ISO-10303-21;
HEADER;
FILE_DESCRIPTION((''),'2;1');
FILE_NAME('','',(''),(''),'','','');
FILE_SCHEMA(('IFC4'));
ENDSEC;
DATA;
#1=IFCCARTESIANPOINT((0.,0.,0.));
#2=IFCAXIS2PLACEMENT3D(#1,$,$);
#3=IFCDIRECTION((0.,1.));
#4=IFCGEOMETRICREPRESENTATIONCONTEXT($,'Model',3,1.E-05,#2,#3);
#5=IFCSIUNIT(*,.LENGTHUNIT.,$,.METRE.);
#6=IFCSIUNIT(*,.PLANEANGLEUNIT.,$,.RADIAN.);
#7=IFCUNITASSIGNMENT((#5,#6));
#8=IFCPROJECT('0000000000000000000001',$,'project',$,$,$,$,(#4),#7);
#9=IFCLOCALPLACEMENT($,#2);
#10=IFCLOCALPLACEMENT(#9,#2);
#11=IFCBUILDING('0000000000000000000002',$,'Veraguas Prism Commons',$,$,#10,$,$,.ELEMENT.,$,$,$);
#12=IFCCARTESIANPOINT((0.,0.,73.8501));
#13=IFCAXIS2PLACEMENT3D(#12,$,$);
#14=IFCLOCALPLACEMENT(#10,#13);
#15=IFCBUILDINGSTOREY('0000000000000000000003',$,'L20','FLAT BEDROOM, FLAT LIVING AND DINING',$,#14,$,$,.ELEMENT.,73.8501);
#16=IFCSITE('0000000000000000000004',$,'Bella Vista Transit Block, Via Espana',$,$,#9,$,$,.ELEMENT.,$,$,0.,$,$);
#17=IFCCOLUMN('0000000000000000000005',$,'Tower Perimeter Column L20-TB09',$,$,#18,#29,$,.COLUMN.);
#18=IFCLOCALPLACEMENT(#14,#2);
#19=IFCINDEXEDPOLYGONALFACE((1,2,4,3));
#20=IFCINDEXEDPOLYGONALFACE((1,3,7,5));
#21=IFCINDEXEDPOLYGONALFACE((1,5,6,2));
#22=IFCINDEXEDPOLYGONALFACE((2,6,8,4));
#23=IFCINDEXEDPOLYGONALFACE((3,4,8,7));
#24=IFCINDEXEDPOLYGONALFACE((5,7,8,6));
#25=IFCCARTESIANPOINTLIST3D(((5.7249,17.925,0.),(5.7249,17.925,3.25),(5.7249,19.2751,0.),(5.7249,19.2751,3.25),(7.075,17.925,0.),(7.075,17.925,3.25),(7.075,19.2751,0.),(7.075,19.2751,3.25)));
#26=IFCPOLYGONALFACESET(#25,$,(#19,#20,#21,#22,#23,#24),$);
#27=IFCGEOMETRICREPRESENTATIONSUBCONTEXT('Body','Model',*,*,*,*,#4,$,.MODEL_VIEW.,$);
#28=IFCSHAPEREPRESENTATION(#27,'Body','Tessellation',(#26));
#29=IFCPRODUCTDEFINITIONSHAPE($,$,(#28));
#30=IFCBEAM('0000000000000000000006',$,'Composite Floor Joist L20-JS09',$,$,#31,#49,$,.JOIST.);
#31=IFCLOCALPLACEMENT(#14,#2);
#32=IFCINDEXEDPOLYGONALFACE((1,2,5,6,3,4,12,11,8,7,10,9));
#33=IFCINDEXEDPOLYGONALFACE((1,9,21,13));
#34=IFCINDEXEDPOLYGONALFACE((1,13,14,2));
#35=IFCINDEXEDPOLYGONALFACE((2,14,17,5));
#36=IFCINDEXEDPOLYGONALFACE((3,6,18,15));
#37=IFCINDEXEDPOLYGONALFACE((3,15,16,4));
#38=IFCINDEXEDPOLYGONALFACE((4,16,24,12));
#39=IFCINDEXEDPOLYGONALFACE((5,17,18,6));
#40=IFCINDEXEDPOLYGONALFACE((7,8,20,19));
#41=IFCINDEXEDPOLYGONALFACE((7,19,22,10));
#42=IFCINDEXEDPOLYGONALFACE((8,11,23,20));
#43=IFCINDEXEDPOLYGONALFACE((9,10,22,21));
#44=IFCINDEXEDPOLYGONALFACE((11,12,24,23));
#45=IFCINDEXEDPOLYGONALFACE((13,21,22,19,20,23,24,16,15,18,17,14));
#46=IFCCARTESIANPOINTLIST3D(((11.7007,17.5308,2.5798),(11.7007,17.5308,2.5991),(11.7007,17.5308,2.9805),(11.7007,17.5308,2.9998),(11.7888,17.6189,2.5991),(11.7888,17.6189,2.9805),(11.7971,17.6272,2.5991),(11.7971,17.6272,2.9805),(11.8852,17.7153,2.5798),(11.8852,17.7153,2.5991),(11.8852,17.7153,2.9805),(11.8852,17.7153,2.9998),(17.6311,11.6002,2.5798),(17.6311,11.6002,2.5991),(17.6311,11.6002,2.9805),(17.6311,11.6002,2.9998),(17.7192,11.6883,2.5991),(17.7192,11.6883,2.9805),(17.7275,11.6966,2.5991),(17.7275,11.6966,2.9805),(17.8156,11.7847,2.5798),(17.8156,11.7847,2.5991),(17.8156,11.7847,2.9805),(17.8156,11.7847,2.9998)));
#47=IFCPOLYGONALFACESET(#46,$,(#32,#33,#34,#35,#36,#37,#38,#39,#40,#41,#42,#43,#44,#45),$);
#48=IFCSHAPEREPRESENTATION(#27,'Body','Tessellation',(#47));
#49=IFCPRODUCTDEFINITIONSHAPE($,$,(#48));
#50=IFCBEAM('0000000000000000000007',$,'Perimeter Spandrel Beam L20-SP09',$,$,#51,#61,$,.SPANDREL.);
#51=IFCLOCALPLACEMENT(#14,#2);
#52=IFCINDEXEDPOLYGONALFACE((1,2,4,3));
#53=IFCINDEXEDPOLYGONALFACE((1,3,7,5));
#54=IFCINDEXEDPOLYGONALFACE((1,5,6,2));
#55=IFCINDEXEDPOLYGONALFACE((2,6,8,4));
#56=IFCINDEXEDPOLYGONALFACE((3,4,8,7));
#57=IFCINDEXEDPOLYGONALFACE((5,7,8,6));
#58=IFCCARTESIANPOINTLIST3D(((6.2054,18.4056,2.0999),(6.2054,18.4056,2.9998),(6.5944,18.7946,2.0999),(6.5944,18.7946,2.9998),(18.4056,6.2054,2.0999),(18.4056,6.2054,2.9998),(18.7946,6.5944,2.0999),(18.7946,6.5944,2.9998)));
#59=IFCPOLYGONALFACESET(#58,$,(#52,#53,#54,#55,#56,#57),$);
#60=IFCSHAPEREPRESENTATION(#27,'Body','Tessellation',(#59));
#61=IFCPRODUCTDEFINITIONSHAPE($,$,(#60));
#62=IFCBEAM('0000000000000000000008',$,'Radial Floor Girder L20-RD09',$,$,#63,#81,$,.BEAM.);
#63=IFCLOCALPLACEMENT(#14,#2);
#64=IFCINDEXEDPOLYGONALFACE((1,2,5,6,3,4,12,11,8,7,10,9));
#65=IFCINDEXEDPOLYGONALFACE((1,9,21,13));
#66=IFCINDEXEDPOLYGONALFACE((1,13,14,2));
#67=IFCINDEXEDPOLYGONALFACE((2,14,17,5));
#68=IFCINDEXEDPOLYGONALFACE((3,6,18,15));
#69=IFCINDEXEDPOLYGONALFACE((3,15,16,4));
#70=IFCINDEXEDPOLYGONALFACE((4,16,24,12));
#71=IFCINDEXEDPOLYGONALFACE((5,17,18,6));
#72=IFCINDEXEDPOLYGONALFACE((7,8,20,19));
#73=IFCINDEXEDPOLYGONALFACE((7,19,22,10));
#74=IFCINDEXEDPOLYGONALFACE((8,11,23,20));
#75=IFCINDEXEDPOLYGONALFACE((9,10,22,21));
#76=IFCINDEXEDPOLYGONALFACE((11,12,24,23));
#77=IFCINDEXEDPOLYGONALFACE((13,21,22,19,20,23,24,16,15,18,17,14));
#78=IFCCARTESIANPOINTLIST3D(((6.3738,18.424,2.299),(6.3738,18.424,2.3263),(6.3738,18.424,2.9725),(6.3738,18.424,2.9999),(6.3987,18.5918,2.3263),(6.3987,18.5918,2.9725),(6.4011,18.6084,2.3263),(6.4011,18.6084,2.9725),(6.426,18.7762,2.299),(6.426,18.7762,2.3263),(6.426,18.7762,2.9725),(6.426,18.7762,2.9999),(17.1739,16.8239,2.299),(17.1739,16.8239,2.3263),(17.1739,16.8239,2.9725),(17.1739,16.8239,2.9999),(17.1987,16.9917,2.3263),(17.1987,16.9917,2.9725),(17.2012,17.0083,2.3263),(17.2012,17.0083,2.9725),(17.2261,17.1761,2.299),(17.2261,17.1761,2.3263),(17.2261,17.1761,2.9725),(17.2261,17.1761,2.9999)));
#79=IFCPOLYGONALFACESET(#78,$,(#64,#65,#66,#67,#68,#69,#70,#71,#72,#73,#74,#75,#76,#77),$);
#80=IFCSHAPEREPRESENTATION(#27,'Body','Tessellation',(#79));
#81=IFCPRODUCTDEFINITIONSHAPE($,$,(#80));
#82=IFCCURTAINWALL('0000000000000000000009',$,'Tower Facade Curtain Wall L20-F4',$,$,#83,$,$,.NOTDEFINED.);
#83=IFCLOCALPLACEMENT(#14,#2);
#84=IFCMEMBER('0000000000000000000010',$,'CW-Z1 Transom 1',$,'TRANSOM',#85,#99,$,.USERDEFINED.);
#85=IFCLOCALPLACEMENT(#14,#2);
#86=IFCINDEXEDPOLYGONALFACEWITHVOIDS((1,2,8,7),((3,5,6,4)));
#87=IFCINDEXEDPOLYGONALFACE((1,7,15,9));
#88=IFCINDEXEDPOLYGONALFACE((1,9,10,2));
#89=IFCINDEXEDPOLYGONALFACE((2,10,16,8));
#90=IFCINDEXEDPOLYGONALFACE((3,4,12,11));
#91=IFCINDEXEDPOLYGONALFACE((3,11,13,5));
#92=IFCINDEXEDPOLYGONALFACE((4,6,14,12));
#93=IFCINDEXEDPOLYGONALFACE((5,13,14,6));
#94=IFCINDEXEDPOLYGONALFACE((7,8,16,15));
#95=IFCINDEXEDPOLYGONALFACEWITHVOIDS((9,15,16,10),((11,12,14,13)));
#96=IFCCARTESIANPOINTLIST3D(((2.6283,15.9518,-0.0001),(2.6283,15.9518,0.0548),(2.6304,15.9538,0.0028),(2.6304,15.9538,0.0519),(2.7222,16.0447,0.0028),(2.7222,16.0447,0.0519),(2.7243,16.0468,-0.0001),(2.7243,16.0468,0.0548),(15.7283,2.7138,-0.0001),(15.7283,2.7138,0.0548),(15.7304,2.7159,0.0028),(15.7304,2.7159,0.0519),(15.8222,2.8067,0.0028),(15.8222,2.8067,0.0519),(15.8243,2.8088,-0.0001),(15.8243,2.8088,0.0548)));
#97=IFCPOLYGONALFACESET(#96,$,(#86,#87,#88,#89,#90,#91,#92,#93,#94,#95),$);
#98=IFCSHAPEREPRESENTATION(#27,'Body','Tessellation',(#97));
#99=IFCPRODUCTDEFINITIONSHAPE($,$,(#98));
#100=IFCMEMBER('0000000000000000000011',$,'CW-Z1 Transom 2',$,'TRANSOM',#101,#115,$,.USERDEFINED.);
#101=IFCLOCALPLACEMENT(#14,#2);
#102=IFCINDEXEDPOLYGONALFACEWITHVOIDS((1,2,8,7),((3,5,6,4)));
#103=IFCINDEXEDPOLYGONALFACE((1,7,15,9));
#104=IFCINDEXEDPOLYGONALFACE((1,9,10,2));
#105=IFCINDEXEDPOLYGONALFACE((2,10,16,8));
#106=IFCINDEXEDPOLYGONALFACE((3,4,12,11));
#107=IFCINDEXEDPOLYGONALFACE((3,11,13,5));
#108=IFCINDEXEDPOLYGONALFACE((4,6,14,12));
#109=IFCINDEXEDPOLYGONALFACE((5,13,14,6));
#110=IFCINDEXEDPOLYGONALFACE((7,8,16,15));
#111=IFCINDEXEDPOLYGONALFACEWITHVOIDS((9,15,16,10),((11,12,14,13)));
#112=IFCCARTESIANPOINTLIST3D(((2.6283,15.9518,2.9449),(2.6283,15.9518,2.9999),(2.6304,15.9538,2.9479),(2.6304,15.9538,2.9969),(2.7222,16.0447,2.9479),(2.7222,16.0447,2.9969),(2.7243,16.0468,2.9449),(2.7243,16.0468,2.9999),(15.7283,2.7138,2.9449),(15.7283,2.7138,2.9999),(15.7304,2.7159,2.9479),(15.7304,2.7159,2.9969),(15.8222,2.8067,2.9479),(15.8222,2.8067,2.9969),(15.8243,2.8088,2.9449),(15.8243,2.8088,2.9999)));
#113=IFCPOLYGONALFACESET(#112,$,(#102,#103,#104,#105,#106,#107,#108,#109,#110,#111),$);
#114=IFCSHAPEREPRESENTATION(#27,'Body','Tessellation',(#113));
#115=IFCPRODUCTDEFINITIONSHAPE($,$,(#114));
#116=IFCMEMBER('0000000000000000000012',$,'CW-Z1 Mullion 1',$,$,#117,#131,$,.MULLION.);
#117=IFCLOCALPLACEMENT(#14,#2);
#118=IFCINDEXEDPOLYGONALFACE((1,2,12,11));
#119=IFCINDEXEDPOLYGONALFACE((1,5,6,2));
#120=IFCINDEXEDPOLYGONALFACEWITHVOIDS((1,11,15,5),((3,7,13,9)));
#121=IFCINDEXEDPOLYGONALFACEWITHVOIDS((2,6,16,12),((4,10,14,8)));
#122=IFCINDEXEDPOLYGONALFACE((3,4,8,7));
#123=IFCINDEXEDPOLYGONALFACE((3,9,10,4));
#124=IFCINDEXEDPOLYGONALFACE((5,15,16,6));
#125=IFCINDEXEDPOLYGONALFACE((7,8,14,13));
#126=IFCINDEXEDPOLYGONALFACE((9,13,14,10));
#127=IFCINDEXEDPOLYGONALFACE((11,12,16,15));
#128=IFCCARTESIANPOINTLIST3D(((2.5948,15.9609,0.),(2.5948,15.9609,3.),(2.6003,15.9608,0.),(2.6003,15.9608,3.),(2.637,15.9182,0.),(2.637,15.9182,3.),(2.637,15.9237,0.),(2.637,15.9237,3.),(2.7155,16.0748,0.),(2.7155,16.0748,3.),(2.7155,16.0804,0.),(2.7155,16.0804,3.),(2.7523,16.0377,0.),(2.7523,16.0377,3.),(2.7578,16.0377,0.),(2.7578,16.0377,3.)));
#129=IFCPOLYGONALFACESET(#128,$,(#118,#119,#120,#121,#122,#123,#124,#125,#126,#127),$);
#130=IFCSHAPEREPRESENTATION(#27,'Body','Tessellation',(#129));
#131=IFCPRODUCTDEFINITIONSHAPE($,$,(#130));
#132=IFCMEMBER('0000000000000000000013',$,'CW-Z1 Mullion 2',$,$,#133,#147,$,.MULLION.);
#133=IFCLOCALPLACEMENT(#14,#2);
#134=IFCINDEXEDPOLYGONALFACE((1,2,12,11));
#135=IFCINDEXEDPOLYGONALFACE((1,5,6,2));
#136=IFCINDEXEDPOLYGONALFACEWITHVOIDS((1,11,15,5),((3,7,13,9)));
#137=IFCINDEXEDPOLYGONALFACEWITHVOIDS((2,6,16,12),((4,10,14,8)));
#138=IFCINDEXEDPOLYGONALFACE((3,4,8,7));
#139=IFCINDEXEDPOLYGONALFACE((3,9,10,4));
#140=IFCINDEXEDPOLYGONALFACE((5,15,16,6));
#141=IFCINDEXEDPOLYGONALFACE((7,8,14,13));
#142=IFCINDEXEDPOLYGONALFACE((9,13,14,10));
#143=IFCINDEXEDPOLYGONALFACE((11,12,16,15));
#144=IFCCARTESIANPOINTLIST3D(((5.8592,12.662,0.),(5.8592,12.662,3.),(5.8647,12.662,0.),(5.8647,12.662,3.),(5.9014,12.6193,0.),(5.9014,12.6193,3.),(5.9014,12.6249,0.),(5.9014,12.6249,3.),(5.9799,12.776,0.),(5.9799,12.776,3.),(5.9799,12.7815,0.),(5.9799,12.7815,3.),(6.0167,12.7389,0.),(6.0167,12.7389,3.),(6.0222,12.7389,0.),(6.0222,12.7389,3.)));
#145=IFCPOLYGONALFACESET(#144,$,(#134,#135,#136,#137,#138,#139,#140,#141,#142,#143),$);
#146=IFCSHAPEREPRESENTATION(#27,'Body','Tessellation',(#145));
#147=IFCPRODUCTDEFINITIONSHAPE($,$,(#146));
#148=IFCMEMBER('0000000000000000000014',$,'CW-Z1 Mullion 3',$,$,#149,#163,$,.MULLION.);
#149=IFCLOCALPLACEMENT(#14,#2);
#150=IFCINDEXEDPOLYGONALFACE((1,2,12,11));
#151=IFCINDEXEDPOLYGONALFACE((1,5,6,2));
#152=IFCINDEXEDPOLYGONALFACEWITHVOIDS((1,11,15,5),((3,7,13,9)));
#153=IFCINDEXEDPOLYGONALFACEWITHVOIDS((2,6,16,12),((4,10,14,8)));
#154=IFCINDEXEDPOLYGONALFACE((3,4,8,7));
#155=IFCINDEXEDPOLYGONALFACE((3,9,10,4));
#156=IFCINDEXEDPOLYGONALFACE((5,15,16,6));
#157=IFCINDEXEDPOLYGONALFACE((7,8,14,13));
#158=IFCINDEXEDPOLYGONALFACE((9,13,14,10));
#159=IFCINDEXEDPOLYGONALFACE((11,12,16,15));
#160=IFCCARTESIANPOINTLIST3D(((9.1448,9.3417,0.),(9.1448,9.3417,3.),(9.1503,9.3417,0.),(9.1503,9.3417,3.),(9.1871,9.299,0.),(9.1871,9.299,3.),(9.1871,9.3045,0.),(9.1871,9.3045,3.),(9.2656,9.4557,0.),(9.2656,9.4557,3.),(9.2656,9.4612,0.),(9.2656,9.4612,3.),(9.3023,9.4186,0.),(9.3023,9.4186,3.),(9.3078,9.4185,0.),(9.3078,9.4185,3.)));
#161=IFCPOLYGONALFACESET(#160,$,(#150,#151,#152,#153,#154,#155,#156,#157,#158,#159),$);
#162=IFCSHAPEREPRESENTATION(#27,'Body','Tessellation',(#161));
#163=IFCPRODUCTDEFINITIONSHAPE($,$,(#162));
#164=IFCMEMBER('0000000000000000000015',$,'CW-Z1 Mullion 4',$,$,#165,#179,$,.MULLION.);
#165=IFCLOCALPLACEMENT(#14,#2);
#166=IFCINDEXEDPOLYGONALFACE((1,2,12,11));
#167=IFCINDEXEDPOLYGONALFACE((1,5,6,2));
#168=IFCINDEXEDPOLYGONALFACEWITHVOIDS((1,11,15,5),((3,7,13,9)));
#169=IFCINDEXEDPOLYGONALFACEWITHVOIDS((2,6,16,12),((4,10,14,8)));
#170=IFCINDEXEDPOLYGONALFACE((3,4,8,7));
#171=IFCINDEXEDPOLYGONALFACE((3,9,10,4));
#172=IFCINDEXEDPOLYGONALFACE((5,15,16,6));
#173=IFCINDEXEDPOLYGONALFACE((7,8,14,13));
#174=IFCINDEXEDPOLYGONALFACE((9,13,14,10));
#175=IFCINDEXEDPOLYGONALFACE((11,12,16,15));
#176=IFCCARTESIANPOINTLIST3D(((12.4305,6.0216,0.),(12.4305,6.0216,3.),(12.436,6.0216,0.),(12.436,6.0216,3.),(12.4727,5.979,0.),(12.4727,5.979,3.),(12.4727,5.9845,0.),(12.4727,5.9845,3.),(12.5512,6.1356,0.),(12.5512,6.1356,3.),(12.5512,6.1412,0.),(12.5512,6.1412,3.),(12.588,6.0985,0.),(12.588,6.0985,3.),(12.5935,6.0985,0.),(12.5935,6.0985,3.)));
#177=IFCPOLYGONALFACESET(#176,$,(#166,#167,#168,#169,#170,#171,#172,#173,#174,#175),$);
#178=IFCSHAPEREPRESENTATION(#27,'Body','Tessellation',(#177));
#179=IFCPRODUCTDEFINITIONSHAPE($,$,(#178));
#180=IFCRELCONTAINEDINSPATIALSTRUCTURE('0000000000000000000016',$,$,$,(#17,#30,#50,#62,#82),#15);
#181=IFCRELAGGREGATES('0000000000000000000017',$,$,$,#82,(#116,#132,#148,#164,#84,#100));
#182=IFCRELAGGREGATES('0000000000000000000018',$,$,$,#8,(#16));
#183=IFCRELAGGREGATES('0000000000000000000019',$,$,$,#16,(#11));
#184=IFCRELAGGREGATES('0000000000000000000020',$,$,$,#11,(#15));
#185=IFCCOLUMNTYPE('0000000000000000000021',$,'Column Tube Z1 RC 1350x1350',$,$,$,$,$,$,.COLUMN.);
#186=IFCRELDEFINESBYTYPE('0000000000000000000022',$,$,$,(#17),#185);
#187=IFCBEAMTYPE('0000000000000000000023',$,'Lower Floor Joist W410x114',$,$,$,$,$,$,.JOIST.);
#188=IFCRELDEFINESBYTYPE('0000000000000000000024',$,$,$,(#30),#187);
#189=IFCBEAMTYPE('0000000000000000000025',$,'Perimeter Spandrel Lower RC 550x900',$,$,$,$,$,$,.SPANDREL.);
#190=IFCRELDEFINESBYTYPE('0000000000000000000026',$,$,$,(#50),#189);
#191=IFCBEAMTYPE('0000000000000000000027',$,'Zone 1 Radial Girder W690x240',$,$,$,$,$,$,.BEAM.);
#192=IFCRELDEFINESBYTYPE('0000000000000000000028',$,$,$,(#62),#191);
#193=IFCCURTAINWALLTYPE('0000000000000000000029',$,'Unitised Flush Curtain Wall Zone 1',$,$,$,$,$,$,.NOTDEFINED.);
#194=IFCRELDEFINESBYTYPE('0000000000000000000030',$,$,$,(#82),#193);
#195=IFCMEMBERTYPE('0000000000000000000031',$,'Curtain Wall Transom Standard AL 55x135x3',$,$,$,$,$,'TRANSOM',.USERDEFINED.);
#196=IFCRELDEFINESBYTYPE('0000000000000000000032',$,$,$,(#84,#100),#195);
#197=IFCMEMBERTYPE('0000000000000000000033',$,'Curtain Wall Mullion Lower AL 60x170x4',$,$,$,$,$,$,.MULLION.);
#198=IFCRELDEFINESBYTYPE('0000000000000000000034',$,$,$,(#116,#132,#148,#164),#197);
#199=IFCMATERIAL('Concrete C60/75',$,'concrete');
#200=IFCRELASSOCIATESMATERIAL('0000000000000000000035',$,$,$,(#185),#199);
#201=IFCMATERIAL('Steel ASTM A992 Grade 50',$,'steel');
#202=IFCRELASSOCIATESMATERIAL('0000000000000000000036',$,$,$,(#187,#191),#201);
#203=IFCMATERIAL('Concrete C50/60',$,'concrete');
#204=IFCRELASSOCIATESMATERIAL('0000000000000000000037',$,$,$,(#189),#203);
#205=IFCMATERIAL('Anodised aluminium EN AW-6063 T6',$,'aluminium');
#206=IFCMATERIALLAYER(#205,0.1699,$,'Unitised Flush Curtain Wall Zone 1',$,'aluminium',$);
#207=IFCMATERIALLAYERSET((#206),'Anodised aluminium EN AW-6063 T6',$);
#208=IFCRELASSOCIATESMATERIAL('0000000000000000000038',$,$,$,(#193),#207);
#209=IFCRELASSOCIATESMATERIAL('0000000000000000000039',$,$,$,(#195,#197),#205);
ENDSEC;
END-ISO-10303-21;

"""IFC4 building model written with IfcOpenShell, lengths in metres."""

from ifc_helpers import new_model, si_unit, direction, frame, origin, origin_2d, place, context, subcontext, project, spatial, rectangle, hollow_rectangle, i_section, extrude, source, transform, mapped, material, layer, layer_set, material_profile, profile_set, type_object, element, aggregate, save


model = new_model("IFC4")

# Units and contexts
model_context = context("Model", 3, precision=1e-05, world=origin(), true_north=direction((0.0, 1.0)))
body_context = subcontext(model_context, "Body", "Model", "MODEL_VIEW")
ifc_project = project(units=[si_unit("LENGTHUNIT", "METRE"), si_unit("PLANEANGLEUNIT", "RADIAN")], contexts=[model_context])

# Site, building, storey
site_placement = place(None, origin())
site = spatial("IfcSite", under=ifc_project, at=site_placement, Name="Bella Vista Transit Block, Via Espana", CompositionType="ELEMENT", RefElevation=0.0)
building_placement = place(site_placement, origin())
building = spatial("IfcBuilding", under=site, at=building_placement, Name="Veraguas Prism Commons", CompositionType="ELEMENT")
storey_placement = place(building_placement, frame((0.0, 0.0, 73.8501)))
storey = spatial("IfcBuildingStorey", under=building, at=storey_placement, Name="L20", Description="FLAT BEDROOM, FLAT LIVING AND DINING", CompositionType="ELEMENT", Elevation=73.8501)

# Column
ifc_material_1 = material(Name="Concrete C60/75", Category="concrete")
ifc_material_profile_1 = material_profile(ifc_material_1, rectangle(XDim=1.3501, YDim=1.3501, at=origin_2d()), Name="RC1350X1350")
ifc_profile_set_1 = profile_set([ifc_material_profile_1], Name="Concrete C60/75")
column_type = type_object("IfcColumnType", Name="Column Tube Z1 RC 1350x1350", PredefinedType="COLUMN", material=ifc_profile_set_1)
column_placement = place(storey_placement, frame((6.3999, 18.6001, 0.0), z_axis=(0.0, 0.0, 1.0), x_axis=(1.0, 0.0, 0.0)))
element("IfcColumn", 1, at=column_placement, inside=storey, type_object=column_type, Name="Tower Perimeter Column L20-TB09", PredefinedType="COLUMN", context=body_context, shape_type="SweptSolid", body=[
    extrude(rectangle(XDim=1.3501, YDim=1.3501, at=origin_2d()), origin(), (0.0, 0.0, 1.0), 3.25),
])

# Beams
ifc_material_2 = material(Name="Steel ASTM A992 Grade 50", Category="steel")
ifc_material_profile_2 = material_profile(ifc_material_2, i_section(OverallWidth=0.261, OverallDepth=0.4199, WebThickness=0.0117, FlangeThickness=0.0193, at=origin_2d()), Name="W410X114")
ifc_profile_set_2 = profile_set([ifc_material_profile_2], Name="Steel ASTM A992 Grade 50")
beam_type_1 = type_object("IfcBeamType", Name="Lower Floor Joist W410x114", PredefinedType="JOIST", material=ifc_profile_set_2)
beam_1_placement = place(storey_placement, frame((11.793, 17.623, 2.7898), z_axis=(0.707092, -0.707121, 0.0), x_axis=(0.707121, 0.707092, 0.0)))
element("IfcBeam", 2, at=beam_1_placement, inside=storey, type_object=beam_type_1, Name="Composite Floor Joist L20-JS09", PredefinedType="JOIST", context=body_context, shape_type="SweptSolid", body=[
    extrude(i_section(OverallWidth=0.261, OverallDepth=0.4199, WebThickness=0.0117, FlangeThickness=0.0193, at=origin_2d()), origin(), (0.0, 0.0, 1.0), 8.387),
])
ifc_material_3 = material(Name="Concrete C50/60", Category="concrete")
ifc_material_profile_3 = material_profile(ifc_material_3, rectangle(XDim=0.55, YDim=0.8999, at=origin_2d()), Name="RC550X900")
ifc_profile_set_3 = profile_set([ifc_material_profile_3], Name="Concrete C50/60")
beam_type_2 = type_object("IfcBeamType", Name="Perimeter Spandrel Lower RC 550x900", PredefinedType="SPANDREL", material=ifc_profile_set_3)
beam_2_placement = place(storey_placement, frame((6.3999, 18.6001, 2.5498), z_axis=(0.707107, -0.707107, 0.0), x_axis=(0.707107, 0.707107, 0.0)))
element("IfcBeam", 3, at=beam_2_placement, inside=storey, type_object=beam_type_2, Name="Perimeter Spandrel Beam L20-SP09", PredefinedType="SPANDREL", context=body_context, shape_type="SweptSolid", body=[
    extrude(rectangle(XDim=0.55, YDim=0.8999, at=origin_2d()), origin(), (0.0, 0.0, 1.0), 17.2537),
])
ifc_material_profile_4 = material_profile(ifc_material_2, i_section(OverallWidth=0.356, OverallDepth=0.7009, WebThickness=0.0168, FlangeThickness=0.0273, at=origin_2d()), Name="W690X240")
ifc_profile_set_4 = profile_set([ifc_material_profile_4], Name="Steel ASTM A992 Grade 50")
beam_type_3 = type_object("IfcBeamType", Name="Zone 1 Radial Girder W690x240", PredefinedType="BEAM", material=ifc_profile_set_4)
beam_3_placement = place(storey_placement, frame((6.3999, 18.6001, 2.6494), z_axis=(0.989202, -0.146557, 0.0), x_axis=(0.146557, 0.989202, 0.0)))
element("IfcBeam", 4, at=beam_3_placement, inside=storey, type_object=beam_type_3, Name="Radial Floor Girder L20-RD09", PredefinedType="BEAM", context=body_context, shape_type="SweptSolid", body=[
    extrude(i_section(OverallWidth=0.356, OverallDepth=0.7009, WebThickness=0.0168, FlangeThickness=0.0273, at=origin_2d()), origin(), (0.0, 0.0, 1.0), 10.918),
])

# Curtain wall, members
ifc_material_4 = material(Name="Anodised aluminium EN AW-6063 T6", Category="aluminium")
ifc_layer_1 = layer(ifc_material_4, 0.1699, Name="Unitised Flush Curtain Wall Zone 1", Category="aluminium")
ifc_layer_set_1 = layer_set([ifc_layer_1], Name="Anodised aluminium EN AW-6063 T6")
curtain_wall_type = type_object("IfcCurtainWallType", Name="Unitised Flush Curtain Wall Zone 1", PredefinedType="NOTDEFINED", material=ifc_layer_set_1)
curtain_wall_1_placement = place(storey_placement, origin())
curtain_wall_1 = element("IfcCurtainWall", 5, at=curtain_wall_1_placement, inside=storey, type_object=curtain_wall_type, Name="Tower Facade Curtain Wall L20-F4", PredefinedType="NOTDEFINED")
ifc_material_profile_5 = material_profile(ifc_material_4, hollow_rectangle(XDim=0.0549, YDim=0.135, WallThickness=0.0029, at=origin_2d()), Name="AL55X135X3")
ifc_profile_set_5 = profile_set([ifc_material_profile_5], Name="Anodised aluminium EN AW-6063 T6")
member_type_1 = type_object("IfcMemberType", Name="Curtain Wall Transom Standard AL 55x135x3", ElementType="TRANSOM", PredefinedType="USERDEFINED", material=ifc_profile_set_5)
shared_shape_1 = source(origin(), body_context, "Body", "SweptSolid", [
    extrude(hollow_rectangle(XDim=0.0549, YDim=0.135, WallThickness=0.0029, at=origin_2d()), origin(), (0.0, 0.0, 1.0), 18.624),
])
member_1_placement = place(storey_placement, frame((2.6763, 15.9993, 0.0273), z_axis=(0.703394, -0.7108, 0.0), x_axis=(0.0, 0.0, 1.0)))
member_1 = element("IfcMember", 6, at=member_1_placement, type_object=member_type_1, Name="CW-Z1 Transom 1", ObjectType="TRANSOM", PredefinedType="USERDEFINED", context=body_context, shape_type="MappedRepresentation", body=[
    mapped(shared_shape_1, transform((0.0, 0.0, 0.0), scale=1.0)),
])
member_2_placement = place(storey_placement, frame((2.6763, 15.9993, 2.9724), z_axis=(0.703394, -0.7108, 0.0), x_axis=(0.0, 0.0, 1.0)))
member_2 = element("IfcMember", 7, at=member_2_placement, type_object=member_type_1, Name="CW-Z1 Transom 2", ObjectType="TRANSOM", PredefinedType="USERDEFINED", context=body_context, shape_type="MappedRepresentation", body=[
    mapped(shared_shape_1, transform((0.0, 0.0, 0.0), scale=1.0)),
])
ifc_material_profile_6 = material_profile(ifc_material_4, hollow_rectangle(XDim=0.0601, YDim=0.1699, WallThickness=0.0039, at=origin_2d()), Name="AL60X170X4")
ifc_profile_set_6 = profile_set([ifc_material_profile_6], Name="Anodised aluminium EN AW-6063 T6")
member_type_2 = type_object("IfcMemberType", Name="Curtain Wall Mullion Lower AL 60x170x4", PredefinedType="MULLION", material=ifc_profile_set_6)
shared_shape_2 = source(origin(), body_context, "Body", "SweptSolid", [
    extrude(hollow_rectangle(XDim=0.0601, YDim=0.1699, WallThickness=0.0039, at=origin_2d()), origin(), (0.0, 0.0, 1.0), 3.0),
])
member_3_placement = place(storey_placement, frame((2.6763, 15.9993, 0.0), z_axis=(0.0, 0.0, 1.0), x_axis=(0.703393, -0.710801, 0.0)))
member_3 = element("IfcMember", 8, at=member_3_placement, type_object=member_type_2, Name="CW-Z1 Mullion 1", PredefinedType="MULLION", context=body_context, shape_type="MappedRepresentation", body=[
    mapped(shared_shape_2, transform((0.0, 0.0, 0.0), scale=1.0)),
])
member_4_placement = place(storey_placement, frame((5.9407, 12.7004, 0.0), z_axis=(0.0, 0.0, 1.0), x_axis=(0.703393, -0.710801, 0.0)))
member_4 = element("IfcMember", 9, at=member_4_placement, type_object=member_type_2, Name="CW-Z1 Mullion 2", PredefinedType="MULLION", context=body_context, shape_type="MappedRepresentation", body=[
    mapped(shared_shape_2, transform((0.0, 0.0, 0.0), scale=1.0)),
])
member_5_placement = place(storey_placement, frame((9.2263, 9.3801, 0.0), z_axis=(0.0, 0.0, 1.0), x_axis=(0.703393, -0.710801, 0.0)))
member_5 = element("IfcMember", 10, at=member_5_placement, type_object=member_type_2, Name="CW-Z1 Mullion 3", PredefinedType="MULLION", context=body_context, shape_type="MappedRepresentation", body=[
    mapped(shared_shape_2, transform((0.0, 0.0, 0.0), scale=1.0)),
])
member_6_placement = place(storey_placement, frame((12.512, 6.0601, 0.0), z_axis=(0.0, 0.0, 1.0), x_axis=(0.703393, -0.710801, 0.0)))
member_6 = element("IfcMember", 11, at=member_6_placement, type_object=member_type_2, Name="CW-Z1 Mullion 4", PredefinedType="MULLION", context=body_context, shape_type="MappedRepresentation", body=[
    mapped(shared_shape_2, transform((0.0, 0.0, 0.0), scale=1.0)),
])

aggregate(curtain_wall_1, [member_3, member_4, member_5, member_6, member_1, member_2])

save(model, "model.ifc")
